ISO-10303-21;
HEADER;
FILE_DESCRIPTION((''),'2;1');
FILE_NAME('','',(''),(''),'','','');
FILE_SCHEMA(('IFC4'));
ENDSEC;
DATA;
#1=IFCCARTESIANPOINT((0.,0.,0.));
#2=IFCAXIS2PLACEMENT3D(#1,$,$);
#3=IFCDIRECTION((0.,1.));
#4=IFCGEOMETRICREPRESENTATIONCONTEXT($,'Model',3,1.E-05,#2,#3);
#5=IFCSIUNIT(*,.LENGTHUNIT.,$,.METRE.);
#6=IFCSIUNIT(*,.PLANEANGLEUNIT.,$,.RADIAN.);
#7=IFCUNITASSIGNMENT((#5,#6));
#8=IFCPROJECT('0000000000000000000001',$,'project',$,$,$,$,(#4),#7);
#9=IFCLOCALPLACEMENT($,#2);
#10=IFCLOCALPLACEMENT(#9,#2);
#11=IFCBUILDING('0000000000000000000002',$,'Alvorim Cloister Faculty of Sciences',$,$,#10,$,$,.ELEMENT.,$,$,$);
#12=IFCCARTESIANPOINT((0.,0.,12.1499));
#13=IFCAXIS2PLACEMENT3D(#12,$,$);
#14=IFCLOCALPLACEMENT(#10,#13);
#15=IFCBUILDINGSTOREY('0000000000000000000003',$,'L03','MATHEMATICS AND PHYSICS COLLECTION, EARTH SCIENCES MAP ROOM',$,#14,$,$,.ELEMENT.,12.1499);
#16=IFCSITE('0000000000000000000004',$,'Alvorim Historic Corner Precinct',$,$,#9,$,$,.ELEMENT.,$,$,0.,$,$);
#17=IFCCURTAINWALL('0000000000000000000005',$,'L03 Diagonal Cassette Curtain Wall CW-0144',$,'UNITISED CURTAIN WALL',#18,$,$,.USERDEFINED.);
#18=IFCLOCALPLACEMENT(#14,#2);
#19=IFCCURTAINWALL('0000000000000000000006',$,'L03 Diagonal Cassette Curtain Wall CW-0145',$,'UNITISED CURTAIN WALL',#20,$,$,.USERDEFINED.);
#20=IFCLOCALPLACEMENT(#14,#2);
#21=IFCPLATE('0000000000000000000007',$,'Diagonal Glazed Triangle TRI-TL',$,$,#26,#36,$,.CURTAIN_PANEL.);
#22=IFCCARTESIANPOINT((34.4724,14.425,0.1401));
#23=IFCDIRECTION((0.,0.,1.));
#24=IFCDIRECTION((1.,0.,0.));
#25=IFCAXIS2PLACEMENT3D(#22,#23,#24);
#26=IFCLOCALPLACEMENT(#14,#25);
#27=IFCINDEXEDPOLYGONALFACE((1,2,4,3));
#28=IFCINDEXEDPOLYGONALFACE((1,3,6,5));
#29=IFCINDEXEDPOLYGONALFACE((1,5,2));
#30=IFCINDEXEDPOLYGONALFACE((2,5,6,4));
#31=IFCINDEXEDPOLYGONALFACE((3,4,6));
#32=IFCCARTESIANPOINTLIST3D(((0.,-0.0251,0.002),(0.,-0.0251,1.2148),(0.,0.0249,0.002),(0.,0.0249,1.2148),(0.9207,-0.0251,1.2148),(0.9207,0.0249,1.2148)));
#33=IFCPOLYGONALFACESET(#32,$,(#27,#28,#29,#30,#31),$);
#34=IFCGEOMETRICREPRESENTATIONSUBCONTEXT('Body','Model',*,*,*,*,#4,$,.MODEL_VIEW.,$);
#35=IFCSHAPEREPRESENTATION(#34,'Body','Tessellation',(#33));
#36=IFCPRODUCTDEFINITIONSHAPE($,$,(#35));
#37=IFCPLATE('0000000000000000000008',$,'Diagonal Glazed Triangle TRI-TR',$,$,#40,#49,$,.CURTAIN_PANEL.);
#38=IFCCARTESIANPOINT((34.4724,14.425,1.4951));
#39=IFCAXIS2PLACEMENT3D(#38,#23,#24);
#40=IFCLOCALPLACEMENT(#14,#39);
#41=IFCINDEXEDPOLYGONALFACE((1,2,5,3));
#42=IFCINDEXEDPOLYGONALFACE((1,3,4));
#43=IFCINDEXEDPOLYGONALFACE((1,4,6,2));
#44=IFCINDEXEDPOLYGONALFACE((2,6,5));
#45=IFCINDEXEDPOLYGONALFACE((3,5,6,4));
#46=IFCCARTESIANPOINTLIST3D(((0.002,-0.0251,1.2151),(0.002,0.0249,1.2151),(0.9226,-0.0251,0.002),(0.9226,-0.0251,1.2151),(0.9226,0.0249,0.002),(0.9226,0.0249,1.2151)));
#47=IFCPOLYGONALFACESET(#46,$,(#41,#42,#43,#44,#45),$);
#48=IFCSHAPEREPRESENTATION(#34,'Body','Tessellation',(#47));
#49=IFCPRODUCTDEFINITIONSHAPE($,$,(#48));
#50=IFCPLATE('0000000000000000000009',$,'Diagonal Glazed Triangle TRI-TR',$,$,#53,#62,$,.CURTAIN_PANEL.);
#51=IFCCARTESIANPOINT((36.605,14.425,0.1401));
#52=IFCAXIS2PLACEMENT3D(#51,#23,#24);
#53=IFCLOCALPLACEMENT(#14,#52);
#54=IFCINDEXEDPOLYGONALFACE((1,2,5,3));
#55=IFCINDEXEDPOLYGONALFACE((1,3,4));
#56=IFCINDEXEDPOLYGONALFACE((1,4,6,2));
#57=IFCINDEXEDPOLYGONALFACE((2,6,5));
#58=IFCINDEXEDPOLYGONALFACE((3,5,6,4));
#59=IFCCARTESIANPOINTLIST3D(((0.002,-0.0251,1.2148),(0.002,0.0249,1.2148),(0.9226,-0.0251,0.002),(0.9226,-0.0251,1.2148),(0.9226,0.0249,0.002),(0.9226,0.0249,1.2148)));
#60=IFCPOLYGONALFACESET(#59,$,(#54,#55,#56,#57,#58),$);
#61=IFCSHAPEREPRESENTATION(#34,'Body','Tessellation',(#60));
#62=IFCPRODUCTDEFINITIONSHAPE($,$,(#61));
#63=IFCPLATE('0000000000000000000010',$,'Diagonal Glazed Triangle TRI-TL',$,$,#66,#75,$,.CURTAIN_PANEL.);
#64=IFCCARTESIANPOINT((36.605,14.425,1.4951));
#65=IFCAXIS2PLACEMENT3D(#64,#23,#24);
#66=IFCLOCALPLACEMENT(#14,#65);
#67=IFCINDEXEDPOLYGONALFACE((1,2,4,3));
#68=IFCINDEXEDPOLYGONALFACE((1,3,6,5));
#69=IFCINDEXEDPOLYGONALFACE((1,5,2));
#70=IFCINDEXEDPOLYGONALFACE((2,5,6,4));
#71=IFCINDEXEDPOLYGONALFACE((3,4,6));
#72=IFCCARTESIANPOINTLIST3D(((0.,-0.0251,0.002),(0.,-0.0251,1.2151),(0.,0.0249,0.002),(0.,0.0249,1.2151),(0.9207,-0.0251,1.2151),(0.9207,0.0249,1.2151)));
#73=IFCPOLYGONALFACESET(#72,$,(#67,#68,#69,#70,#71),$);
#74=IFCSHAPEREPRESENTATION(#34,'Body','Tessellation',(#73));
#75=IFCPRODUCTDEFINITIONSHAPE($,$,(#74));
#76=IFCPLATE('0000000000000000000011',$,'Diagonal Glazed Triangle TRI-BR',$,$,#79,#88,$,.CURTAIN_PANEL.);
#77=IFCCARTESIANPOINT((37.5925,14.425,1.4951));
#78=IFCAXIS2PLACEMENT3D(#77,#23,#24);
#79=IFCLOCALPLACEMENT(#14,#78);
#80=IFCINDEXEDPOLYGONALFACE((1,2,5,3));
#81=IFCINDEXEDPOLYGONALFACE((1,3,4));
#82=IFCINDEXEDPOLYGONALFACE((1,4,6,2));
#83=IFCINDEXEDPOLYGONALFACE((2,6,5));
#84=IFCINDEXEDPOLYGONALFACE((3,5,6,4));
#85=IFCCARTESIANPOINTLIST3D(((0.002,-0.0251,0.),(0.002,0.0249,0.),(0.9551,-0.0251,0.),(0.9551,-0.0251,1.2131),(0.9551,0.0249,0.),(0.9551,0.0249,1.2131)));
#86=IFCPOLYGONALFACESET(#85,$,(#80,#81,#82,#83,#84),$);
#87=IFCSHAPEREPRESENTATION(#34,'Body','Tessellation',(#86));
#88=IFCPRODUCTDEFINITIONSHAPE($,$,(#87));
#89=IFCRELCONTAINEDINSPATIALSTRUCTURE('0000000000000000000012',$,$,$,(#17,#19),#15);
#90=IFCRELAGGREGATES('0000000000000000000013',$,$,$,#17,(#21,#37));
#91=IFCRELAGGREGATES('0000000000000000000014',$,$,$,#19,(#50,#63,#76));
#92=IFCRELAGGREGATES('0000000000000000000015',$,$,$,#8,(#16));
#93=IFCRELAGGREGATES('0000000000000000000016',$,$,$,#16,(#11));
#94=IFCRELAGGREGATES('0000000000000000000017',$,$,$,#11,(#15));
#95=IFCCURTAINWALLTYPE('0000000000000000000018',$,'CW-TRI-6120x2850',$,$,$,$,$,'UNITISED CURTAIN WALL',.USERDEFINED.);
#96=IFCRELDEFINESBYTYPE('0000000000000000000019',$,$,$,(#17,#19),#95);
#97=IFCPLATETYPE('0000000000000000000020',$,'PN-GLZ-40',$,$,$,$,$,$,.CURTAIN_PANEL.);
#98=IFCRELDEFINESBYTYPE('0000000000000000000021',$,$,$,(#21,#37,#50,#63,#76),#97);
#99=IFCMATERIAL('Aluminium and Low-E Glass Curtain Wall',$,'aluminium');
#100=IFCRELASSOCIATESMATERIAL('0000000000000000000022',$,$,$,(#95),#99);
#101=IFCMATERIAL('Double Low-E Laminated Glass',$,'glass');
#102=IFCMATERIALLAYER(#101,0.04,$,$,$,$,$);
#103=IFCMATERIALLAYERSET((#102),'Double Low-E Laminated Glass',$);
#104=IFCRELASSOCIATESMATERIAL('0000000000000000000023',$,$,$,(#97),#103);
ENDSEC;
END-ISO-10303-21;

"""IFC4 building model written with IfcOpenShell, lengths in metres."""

from ifc_helpers import new_model, si_unit, direction, frame, origin, place, context, subcontext, project, spatial, polyline, outline, extrude, material, layer, layer_set, type_object, element, aggregate, save


model = new_model("IFC4")

# Units and contexts
model_context = context("Model", 3, precision=1e-05, world=origin(), true_north=direction((0.0, 1.0)))
body_context = subcontext(model_context, "Body", "Model", "MODEL_VIEW")
ifc_project = project(units=[si_unit("LENGTHUNIT", "METRE"), si_unit("PLANEANGLEUNIT", "RADIAN")], contexts=[model_context])

# Site, building, storey
site_placement = place(None, origin())
site = spatial("IfcSite", under=ifc_project, at=site_placement, Name="Alvorim Historic Corner Precinct", CompositionType="ELEMENT", RefElevation=0.0)
building_placement = place(site_placement, origin())
building = spatial("IfcBuilding", under=site, at=building_placement, Name="Alvorim Cloister Faculty of Sciences", CompositionType="ELEMENT")
storey_placement = place(building_placement, frame((0.0, 0.0, 12.1499)))
storey = spatial("IfcBuildingStorey", under=building, at=storey_placement, Name="L03", Description="MATHEMATICS AND PHYSICS COLLECTION, EARTH SCIENCES MAP ROOM", CompositionType="ELEMENT", Elevation=12.1499)

# Curtain wall
ifc_material_1 = material(Name="Aluminium and Low-E Glass Curtain Wall", Category="aluminium")
curtain_wall_type = type_object("IfcCurtainWallType", Name="CW-TRI-6120x2850", ElementType="UNITISED CURTAIN WALL", PredefinedType="USERDEFINED", material=ifc_material_1)
curtain_wall_1_placement = place(storey_placement, origin())
curtain_wall_1 = element("IfcCurtainWall", 1, at=curtain_wall_1_placement, inside=storey, type_object=curtain_wall_type, Name="L03 Diagonal Cassette Curtain Wall CW-0144", ObjectType="UNITISED CURTAIN WALL", PredefinedType="USERDEFINED")

# Curtain wall
curtain_wall_2_placement = place(storey_placement, origin())
curtain_wall_2 = element("IfcCurtainWall", 2, at=curtain_wall_2_placement, inside=storey, type_object=curtain_wall_type, Name="L03 Diagonal Cassette Curtain Wall CW-0145", ObjectType="UNITISED CURTAIN WALL", PredefinedType="USERDEFINED")

# Plates
ifc_material_2 = material(Name="Double Low-E Laminated Glass", Category="glass")
ifc_layer_1 = layer(ifc_material_2, 0.04)
ifc_layer_set_1 = layer_set([ifc_layer_1], Name="Double Low-E Laminated Glass")
plate_type = type_object("IfcPlateType", Name="PN-GLZ-40", PredefinedType="CURTAIN_PANEL", material=ifc_layer_set_1)
plate_1_placement = place(storey_placement, frame((34.4724, 14.425, 0.1401), z_axis=(0.0, 0.0, 1.0), x_axis=(1.0, 0.0, 0.0)))
plate_1 = element("IfcPlate", 3, at=plate_1_placement, type_object=plate_type, Name="Diagonal Glazed Triangle TRI-TL", PredefinedType="CURTAIN_PANEL", context=body_context, shape_type="SweptSolid", body=[
    extrude(outline(polyline([(0.9207, 1.2148), (0.0, 1.2148), (0.0, 0.002), (0.9207, 1.2148)])), frame((0.0, 0.0249, 0.0), z_axis=(0.0, -1.0, 0.0), x_axis=(1.0, 0.0, 0.0)), (0.0, 0.0, 1.0), 0.05),
])
plate_2_placement = place(storey_placement, frame((34.4724, 14.425, 1.4951), z_axis=(0.0, 0.0, 1.0), x_axis=(1.0, 0.0, 0.0)))
plate_2 = element("IfcPlate", 4, at=plate_2_placement, type_object=plate_type, Name="Diagonal Glazed Triangle TRI-TR", PredefinedType="CURTAIN_PANEL", context=body_context, shape_type="SweptSolid", body=[
    extrude(outline(polyline([(0.9226, 0.002), (0.9226, 1.2151), (0.002, 1.2151), (0.9226, 0.002)])), frame((0.0, 0.0249, 0.0), z_axis=(0.0, -1.0, 0.0), x_axis=(1.0, 0.0, 0.0)), (0.0, 0.0, 1.0), 0.05),
])
aggregate(curtain_wall_1, [plate_1, plate_2])
plate_3_placement = place(storey_placement, frame((36.605, 14.425, 0.1401), z_axis=(0.0, 0.0, 1.0), x_axis=(1.0, 0.0, 0.0)))
plate_3 = element("IfcPlate", 5, at=plate_3_placement, type_object=plate_type, Name="Diagonal Glazed Triangle TRI-TR", PredefinedType="CURTAIN_PANEL", context=body_context, shape_type="SweptSolid", body=[
    extrude(outline(polyline([(0.9226, 0.002), (0.9226, 1.2148), (0.002, 1.2148), (0.9226, 0.002)])), frame((0.0, 0.0249, 0.0), z_axis=(0.0, -1.0, 0.0), x_axis=(1.0, 0.0, 0.0)), (0.0, 0.0, 1.0), 0.05),
])
plate_4_placement = place(storey_placement, frame((36.605, 14.425, 1.4951), z_axis=(0.0, 0.0, 1.0), x_axis=(1.0, 0.0, 0.0)))
plate_4 = element("IfcPlate", 6, at=plate_4_placement, type_object=plate_type, Name="Diagonal Glazed Triangle TRI-TL", PredefinedType="CURTAIN_PANEL", context=body_context, shape_type="SweptSolid", body=[
    extrude(outline(polyline([(0.9207, 1.2151), (0.0, 1.2151), (0.0, 0.002), (0.9207, 1.2151)])), frame((0.0, 0.0249, 0.0), z_axis=(0.0, -1.0, 0.0), x_axis=(1.0, 0.0, 0.0)), (0.0, 0.0, 1.0), 0.05),
])
plate_5_placement = place(storey_placement, frame((37.5925, 14.425, 1.4951), z_axis=(0.0, 0.0, 1.0), x_axis=(1.0, 0.0, 0.0)))
plate_5 = element("IfcPlate", 7, at=plate_5_placement, type_object=plate_type, Name="Diagonal Glazed Triangle TRI-BR", PredefinedType="CURTAIN_PANEL", context=body_context, shape_type="SweptSolid", body=[
    extrude(outline(polyline([(0.002, 0.0), (0.9551, 0.0), (0.9551, 1.2131), (0.002, 0.0)])), frame((0.0, 0.0249, 0.0), z_axis=(0.0, -1.0, 0.0), x_axis=(1.0, 0.0, 0.0)), (0.0, 0.0, 1.0), 0.05),
])
aggregate(curtain_wall_2, [plate_3, plate_4, plate_5])

save(model, "model.ifc")
